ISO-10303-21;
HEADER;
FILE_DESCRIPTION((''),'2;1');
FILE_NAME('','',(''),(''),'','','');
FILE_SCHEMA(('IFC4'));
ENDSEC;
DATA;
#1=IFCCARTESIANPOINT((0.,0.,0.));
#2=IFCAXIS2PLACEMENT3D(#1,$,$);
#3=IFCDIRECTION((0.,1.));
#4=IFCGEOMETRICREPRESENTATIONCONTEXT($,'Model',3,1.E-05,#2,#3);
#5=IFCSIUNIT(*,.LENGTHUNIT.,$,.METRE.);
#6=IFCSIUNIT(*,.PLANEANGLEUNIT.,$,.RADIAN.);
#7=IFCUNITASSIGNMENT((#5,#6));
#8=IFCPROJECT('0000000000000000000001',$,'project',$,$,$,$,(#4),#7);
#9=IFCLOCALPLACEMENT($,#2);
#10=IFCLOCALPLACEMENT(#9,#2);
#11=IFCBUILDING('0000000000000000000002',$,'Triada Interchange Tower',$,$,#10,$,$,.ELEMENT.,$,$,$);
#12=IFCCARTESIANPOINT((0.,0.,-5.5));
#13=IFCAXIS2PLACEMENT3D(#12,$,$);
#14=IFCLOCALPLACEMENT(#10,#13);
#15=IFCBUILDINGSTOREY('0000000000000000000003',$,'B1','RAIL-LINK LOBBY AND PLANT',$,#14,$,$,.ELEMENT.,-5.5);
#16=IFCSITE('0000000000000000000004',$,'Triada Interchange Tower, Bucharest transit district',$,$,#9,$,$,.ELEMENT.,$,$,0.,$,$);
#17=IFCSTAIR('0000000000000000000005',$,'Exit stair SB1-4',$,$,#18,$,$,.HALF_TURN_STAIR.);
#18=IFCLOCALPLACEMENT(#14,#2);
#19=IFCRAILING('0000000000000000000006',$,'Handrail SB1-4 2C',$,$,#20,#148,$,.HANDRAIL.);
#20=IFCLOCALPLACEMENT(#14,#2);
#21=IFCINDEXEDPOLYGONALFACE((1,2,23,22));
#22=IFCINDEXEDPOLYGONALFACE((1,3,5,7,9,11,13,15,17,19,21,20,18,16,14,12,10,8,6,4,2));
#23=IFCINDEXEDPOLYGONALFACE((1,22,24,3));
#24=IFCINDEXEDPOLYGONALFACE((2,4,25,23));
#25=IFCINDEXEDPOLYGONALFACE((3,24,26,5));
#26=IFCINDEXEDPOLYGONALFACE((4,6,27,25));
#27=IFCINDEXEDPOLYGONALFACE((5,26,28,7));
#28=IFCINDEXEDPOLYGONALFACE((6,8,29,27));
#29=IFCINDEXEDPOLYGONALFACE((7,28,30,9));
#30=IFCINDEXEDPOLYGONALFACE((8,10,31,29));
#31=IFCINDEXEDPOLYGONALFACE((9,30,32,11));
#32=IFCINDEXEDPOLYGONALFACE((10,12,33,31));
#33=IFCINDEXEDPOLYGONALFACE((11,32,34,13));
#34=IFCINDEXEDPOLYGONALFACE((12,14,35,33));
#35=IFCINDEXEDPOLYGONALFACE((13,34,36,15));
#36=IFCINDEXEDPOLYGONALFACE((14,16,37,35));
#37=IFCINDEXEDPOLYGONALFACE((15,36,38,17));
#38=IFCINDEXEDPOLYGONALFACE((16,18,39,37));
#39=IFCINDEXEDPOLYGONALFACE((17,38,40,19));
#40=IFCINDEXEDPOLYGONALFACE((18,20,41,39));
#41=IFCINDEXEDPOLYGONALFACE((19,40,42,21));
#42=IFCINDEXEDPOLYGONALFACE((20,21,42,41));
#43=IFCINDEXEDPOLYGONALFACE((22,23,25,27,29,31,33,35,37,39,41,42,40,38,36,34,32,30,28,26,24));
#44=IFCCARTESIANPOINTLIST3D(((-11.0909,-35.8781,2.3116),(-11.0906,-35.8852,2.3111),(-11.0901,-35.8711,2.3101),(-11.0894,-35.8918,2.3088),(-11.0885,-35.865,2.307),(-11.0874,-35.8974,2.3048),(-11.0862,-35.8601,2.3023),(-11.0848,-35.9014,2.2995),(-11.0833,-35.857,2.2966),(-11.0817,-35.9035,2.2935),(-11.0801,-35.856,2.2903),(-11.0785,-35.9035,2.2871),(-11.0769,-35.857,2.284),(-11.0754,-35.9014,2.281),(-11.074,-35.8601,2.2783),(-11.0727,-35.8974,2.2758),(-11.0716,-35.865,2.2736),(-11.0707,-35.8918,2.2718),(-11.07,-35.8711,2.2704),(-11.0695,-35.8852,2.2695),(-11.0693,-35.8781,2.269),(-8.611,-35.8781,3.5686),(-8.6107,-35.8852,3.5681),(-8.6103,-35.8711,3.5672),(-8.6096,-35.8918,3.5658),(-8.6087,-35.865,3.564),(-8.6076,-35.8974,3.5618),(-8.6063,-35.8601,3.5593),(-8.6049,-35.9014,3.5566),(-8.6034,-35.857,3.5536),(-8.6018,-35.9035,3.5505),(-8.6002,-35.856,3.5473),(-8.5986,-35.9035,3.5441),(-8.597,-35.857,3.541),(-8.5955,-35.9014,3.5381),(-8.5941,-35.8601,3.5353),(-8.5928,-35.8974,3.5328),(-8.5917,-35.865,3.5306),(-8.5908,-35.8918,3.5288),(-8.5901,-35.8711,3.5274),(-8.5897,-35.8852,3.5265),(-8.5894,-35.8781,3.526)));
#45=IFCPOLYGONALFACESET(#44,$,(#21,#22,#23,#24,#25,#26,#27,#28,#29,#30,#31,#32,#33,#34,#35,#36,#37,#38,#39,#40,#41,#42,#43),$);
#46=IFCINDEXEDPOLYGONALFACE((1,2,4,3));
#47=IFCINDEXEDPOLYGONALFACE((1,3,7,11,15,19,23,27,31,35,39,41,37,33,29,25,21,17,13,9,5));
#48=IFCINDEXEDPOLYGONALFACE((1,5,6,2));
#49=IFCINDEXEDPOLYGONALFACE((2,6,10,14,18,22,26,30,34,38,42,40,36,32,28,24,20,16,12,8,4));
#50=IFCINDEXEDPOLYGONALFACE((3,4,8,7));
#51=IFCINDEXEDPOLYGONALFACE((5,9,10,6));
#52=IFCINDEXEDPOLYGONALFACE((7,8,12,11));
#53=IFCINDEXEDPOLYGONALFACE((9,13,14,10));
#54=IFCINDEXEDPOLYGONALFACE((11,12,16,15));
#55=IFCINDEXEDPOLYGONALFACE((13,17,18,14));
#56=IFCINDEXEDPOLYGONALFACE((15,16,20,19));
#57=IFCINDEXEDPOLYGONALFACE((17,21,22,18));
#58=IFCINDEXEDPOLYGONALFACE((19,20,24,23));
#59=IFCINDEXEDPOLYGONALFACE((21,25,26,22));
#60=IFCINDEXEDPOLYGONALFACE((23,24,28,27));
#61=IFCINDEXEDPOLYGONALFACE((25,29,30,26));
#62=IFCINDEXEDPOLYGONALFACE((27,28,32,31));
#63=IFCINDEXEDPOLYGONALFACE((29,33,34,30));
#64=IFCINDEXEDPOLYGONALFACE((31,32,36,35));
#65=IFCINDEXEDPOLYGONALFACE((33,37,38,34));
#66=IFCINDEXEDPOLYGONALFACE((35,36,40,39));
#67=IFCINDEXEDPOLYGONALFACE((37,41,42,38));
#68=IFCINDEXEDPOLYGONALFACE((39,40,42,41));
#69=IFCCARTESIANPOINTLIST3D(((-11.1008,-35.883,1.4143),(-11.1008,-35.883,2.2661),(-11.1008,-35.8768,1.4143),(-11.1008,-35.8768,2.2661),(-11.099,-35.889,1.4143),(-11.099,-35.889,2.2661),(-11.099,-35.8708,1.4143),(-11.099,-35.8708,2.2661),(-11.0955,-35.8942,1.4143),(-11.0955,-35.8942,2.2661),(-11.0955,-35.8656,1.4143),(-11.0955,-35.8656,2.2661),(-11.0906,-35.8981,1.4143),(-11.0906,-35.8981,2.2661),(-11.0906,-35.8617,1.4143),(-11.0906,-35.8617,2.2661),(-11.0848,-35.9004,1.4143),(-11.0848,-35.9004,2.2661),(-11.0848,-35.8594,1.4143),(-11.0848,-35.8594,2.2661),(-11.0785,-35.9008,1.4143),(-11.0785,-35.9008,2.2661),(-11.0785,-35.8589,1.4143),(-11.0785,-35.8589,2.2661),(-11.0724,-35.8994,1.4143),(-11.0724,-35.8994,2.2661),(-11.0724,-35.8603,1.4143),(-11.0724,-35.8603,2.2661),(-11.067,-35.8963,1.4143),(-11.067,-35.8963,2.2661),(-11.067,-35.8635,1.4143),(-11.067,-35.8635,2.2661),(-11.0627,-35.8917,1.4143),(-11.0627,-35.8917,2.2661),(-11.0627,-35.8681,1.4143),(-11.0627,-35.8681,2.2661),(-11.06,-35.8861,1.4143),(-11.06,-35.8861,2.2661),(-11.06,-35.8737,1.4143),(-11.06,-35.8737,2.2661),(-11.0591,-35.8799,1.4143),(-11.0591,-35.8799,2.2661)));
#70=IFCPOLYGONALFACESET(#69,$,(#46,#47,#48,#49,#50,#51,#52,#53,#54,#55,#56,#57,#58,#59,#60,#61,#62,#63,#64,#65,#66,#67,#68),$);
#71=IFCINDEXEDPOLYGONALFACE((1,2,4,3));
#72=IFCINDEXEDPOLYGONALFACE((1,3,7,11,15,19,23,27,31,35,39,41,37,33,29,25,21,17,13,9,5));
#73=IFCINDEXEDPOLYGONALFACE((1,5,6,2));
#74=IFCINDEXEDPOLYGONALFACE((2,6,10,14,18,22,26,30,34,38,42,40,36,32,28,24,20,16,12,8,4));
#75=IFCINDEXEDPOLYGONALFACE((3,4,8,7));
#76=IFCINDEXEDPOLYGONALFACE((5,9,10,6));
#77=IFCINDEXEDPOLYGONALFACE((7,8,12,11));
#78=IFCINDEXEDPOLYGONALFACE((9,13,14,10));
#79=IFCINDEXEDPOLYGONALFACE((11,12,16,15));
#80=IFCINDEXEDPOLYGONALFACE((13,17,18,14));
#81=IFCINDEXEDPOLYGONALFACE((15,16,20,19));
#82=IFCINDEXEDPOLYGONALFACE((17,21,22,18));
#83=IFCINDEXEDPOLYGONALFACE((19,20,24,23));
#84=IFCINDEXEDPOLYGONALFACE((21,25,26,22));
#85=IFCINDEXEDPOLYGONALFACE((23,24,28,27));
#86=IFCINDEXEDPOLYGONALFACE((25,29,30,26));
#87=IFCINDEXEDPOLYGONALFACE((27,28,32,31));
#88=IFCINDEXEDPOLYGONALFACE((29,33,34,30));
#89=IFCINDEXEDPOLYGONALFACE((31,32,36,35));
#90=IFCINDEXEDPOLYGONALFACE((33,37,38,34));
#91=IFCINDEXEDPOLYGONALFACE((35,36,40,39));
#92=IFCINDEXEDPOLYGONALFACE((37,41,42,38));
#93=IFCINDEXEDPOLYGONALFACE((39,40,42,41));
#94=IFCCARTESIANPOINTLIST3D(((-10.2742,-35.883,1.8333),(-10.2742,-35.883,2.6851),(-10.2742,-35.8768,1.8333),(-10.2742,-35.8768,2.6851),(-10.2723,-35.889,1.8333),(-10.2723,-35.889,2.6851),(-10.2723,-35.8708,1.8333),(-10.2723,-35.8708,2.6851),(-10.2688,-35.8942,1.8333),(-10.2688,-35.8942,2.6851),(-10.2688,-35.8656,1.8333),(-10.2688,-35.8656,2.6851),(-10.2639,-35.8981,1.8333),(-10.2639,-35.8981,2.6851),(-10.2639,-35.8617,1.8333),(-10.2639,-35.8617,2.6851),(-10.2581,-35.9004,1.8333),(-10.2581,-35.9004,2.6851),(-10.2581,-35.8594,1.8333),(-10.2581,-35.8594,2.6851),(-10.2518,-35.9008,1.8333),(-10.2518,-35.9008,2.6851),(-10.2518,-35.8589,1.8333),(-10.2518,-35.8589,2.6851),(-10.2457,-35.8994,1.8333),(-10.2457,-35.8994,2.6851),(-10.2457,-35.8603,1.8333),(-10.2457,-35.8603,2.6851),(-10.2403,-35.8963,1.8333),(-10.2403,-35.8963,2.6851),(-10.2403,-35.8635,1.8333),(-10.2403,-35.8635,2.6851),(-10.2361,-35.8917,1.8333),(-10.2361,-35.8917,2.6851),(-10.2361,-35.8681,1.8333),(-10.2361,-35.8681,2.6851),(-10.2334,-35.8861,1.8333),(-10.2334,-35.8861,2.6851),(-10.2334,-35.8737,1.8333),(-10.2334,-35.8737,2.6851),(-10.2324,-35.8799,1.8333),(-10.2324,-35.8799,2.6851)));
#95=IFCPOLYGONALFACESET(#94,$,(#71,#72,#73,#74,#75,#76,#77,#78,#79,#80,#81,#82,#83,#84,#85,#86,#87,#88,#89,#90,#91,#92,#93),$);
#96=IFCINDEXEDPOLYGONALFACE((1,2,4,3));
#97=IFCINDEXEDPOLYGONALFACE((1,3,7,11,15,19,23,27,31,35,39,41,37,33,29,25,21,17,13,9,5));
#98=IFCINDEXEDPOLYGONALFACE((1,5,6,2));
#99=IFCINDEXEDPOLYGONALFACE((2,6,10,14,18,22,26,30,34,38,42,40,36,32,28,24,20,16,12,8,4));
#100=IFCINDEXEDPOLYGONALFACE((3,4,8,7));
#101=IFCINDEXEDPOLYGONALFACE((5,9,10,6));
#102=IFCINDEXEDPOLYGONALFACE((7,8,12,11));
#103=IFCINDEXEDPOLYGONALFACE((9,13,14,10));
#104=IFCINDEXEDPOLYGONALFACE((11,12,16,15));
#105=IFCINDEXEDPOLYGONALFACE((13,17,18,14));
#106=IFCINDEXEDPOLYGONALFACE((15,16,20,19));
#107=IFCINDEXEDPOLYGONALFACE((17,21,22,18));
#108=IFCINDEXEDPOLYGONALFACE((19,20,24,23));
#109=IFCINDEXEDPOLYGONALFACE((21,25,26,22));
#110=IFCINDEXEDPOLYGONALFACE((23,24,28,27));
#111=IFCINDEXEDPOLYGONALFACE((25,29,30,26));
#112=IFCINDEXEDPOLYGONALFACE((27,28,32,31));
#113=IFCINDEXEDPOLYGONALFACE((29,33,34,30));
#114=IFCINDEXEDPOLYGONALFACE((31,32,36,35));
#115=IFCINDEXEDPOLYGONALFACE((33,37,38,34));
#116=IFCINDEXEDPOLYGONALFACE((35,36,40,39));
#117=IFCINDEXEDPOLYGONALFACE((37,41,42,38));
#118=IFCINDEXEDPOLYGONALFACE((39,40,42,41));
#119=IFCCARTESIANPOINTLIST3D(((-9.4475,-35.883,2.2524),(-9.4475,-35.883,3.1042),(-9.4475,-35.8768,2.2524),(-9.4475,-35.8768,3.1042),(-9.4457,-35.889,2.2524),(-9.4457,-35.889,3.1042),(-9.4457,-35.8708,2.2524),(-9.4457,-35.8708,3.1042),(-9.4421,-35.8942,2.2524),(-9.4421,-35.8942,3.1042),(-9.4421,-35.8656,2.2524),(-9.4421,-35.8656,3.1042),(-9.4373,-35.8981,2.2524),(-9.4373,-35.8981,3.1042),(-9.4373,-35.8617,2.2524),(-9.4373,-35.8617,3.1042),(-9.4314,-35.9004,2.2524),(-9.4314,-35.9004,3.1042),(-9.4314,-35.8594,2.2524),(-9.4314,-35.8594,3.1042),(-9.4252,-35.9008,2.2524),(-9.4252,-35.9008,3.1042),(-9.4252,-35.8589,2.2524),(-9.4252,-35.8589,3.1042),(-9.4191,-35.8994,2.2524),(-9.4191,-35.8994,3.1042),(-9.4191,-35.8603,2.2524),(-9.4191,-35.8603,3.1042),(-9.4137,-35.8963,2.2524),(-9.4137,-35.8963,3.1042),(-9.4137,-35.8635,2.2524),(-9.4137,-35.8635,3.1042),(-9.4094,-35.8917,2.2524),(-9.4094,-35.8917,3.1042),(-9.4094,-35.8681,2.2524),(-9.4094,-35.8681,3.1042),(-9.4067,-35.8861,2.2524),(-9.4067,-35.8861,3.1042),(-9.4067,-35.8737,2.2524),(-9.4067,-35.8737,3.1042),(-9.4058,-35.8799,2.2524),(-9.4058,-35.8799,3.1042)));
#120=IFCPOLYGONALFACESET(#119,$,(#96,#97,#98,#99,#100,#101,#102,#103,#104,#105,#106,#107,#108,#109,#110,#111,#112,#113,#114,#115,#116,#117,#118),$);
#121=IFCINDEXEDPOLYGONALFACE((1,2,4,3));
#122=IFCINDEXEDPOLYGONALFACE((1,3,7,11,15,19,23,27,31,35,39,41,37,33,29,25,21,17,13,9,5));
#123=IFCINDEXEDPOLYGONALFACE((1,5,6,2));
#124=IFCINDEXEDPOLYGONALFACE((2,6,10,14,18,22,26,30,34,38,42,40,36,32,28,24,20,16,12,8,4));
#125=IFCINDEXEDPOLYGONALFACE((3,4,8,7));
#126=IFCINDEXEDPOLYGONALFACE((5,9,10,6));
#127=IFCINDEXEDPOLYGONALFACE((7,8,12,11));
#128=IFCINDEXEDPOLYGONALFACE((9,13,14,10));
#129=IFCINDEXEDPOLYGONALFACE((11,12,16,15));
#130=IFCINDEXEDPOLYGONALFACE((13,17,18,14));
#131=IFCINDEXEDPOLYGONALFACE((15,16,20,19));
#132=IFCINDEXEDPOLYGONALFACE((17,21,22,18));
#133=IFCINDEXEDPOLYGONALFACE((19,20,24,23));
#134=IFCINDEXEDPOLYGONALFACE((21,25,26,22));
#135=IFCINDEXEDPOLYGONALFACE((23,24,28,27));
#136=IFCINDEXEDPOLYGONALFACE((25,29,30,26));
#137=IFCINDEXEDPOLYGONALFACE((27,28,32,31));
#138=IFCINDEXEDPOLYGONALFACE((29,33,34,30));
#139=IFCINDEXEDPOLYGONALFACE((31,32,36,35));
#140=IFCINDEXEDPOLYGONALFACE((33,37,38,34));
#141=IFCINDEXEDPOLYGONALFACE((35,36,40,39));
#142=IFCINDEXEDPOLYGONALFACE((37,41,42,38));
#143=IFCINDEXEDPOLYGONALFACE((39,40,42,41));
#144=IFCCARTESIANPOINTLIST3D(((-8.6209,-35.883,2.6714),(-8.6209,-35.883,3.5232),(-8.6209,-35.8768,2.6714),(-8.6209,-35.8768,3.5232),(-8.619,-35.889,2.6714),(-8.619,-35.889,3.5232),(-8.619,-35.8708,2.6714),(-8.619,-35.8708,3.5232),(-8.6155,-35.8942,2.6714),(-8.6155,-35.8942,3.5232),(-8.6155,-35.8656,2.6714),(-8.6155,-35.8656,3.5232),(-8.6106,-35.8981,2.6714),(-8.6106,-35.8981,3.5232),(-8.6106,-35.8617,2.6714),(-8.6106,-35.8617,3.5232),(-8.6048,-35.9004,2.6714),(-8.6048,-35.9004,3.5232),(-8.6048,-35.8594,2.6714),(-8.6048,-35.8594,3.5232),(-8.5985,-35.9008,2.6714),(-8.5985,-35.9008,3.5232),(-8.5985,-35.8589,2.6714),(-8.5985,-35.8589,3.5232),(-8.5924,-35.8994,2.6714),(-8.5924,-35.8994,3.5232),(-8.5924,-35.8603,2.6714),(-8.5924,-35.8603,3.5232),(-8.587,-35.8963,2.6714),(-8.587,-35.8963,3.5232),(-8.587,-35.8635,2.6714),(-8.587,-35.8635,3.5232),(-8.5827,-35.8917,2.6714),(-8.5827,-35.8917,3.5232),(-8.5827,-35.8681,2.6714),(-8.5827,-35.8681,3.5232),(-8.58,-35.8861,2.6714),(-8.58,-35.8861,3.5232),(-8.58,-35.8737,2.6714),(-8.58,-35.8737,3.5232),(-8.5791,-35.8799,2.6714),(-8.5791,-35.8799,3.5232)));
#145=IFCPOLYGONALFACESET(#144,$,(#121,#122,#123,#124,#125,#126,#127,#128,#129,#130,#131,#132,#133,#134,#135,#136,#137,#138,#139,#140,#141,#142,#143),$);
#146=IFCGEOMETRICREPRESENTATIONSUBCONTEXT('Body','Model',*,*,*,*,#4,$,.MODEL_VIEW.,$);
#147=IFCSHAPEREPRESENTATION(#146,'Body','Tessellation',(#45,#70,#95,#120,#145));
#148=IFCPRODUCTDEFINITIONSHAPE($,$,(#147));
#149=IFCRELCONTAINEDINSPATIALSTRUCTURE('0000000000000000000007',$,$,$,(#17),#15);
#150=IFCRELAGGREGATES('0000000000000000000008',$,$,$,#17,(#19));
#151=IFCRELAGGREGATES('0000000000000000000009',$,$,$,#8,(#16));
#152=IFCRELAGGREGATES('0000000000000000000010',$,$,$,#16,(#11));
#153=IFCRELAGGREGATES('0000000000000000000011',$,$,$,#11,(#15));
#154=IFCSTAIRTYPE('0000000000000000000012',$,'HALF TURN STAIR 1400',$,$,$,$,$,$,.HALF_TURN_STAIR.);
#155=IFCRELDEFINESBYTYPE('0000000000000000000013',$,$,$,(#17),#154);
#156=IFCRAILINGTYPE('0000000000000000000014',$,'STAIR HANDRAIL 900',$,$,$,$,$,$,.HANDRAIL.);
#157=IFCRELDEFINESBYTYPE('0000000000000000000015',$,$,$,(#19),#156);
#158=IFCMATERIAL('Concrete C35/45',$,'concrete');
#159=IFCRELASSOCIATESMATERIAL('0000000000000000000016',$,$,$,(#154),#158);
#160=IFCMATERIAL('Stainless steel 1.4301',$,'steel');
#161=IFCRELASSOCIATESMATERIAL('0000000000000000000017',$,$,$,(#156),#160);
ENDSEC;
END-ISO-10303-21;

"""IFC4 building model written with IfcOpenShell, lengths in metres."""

from ifc_helpers import new_model, si_unit, direction, frame, origin, origin_2d, place, context, subcontext, project, spatial, circle, extrude, material, type_object, element, aggregate, save


model = new_model("IFC4")

# Units and contexts
model_context = context("Model", 3, precision=1e-05, world=origin(), true_north=direction((0.0, 1.0)))
body_context = subcontext(model_context, "Body", "Model", "MODEL_VIEW")
ifc_project = project(units=[si_unit("LENGTHUNIT", "METRE"), si_unit("PLANEANGLEUNIT", "RADIAN")], contexts=[model_context])

# Site, building, storey
site_placement = place(None, origin())
site = spatial("IfcSite", under=ifc_project, at=site_placement, Name="Triada Interchange Tower, Bucharest transit district", CompositionType="ELEMENT", RefElevation=0.0)
building_placement = place(site_placement, origin())
building = spatial("IfcBuilding", under=site, at=building_placement, Name="Triada Interchange Tower", CompositionType="ELEMENT")
storey_placement = place(building_placement, frame((0.0, 0.0, -5.5)))
storey = spatial("IfcBuildingStorey", under=building, at=storey_placement, Name="B1", Description="RAIL-LINK LOBBY AND PLANT", CompositionType="ELEMENT", Elevation=-5.5)

# Shared definitions
ifc_material_1 = material(Name="Concrete C35/45", Category="concrete")

# Stair, railing
stair_type = type_object("IfcStairType", Name="HALF TURN STAIR 1400", PredefinedType="HALF_TURN_STAIR", material=ifc_material_1)
stair_1_placement = place(storey_placement, origin())
stair_1 = element("IfcStair", 1, at=stair_1_placement, inside=storey, type_object=stair_type, Name="Exit stair SB1-4", PredefinedType="HALF_TURN_STAIR")
ifc_material_2 = material(Name="Stainless steel 1.4301", Category="steel")
railing_type_1 = type_object("IfcRailingType", Name="STAIR HANDRAIL 900", PredefinedType="HANDRAIL", material=ifc_material_2)
railing_1_placement = place(storey_placement, frame((-11.0801, -35.8799, 1.4143)))
railing_1 = element("IfcRailing", 2, at=railing_1_placement, type_object=railing_type_1, Name="Handrail SB1-4 2C", PredefinedType="HANDRAIL", context=body_context, shape_type="SweptSolid", body=[
    extrude(circle(Radius=0.0239, at=origin_2d()), frame((0.0, 0.0, 0.876), z_axis=(0.891955, 0.0, 0.452124), x_axis=(0.0, 1.0, 0.0)), (0.0, 0.0, 1.0), 2.7803),
    extrude(circle(Radius=0.021, at=origin_2d()), origin(), (0.0, 0.0, 1.0), 0.8518),
    extrude(circle(Radius=0.021, at=origin_2d()), frame((0.8267, 0.0, 0.4189)), (0.0, 0.0, 1.0), 0.8518),
    extrude(circle(Radius=0.021, at=origin_2d()), frame((1.6533, 0.0, 0.8381)), (0.0, 0.0, 1.0), 0.8518),
    extrude(circle(Radius=0.021, at=origin_2d()), frame((2.48, 0.0, 1.2571)), (0.0, 0.0, 1.0), 0.8518),
])
aggregate(stair_1, [railing_1])

save(model, "model.ifc")
